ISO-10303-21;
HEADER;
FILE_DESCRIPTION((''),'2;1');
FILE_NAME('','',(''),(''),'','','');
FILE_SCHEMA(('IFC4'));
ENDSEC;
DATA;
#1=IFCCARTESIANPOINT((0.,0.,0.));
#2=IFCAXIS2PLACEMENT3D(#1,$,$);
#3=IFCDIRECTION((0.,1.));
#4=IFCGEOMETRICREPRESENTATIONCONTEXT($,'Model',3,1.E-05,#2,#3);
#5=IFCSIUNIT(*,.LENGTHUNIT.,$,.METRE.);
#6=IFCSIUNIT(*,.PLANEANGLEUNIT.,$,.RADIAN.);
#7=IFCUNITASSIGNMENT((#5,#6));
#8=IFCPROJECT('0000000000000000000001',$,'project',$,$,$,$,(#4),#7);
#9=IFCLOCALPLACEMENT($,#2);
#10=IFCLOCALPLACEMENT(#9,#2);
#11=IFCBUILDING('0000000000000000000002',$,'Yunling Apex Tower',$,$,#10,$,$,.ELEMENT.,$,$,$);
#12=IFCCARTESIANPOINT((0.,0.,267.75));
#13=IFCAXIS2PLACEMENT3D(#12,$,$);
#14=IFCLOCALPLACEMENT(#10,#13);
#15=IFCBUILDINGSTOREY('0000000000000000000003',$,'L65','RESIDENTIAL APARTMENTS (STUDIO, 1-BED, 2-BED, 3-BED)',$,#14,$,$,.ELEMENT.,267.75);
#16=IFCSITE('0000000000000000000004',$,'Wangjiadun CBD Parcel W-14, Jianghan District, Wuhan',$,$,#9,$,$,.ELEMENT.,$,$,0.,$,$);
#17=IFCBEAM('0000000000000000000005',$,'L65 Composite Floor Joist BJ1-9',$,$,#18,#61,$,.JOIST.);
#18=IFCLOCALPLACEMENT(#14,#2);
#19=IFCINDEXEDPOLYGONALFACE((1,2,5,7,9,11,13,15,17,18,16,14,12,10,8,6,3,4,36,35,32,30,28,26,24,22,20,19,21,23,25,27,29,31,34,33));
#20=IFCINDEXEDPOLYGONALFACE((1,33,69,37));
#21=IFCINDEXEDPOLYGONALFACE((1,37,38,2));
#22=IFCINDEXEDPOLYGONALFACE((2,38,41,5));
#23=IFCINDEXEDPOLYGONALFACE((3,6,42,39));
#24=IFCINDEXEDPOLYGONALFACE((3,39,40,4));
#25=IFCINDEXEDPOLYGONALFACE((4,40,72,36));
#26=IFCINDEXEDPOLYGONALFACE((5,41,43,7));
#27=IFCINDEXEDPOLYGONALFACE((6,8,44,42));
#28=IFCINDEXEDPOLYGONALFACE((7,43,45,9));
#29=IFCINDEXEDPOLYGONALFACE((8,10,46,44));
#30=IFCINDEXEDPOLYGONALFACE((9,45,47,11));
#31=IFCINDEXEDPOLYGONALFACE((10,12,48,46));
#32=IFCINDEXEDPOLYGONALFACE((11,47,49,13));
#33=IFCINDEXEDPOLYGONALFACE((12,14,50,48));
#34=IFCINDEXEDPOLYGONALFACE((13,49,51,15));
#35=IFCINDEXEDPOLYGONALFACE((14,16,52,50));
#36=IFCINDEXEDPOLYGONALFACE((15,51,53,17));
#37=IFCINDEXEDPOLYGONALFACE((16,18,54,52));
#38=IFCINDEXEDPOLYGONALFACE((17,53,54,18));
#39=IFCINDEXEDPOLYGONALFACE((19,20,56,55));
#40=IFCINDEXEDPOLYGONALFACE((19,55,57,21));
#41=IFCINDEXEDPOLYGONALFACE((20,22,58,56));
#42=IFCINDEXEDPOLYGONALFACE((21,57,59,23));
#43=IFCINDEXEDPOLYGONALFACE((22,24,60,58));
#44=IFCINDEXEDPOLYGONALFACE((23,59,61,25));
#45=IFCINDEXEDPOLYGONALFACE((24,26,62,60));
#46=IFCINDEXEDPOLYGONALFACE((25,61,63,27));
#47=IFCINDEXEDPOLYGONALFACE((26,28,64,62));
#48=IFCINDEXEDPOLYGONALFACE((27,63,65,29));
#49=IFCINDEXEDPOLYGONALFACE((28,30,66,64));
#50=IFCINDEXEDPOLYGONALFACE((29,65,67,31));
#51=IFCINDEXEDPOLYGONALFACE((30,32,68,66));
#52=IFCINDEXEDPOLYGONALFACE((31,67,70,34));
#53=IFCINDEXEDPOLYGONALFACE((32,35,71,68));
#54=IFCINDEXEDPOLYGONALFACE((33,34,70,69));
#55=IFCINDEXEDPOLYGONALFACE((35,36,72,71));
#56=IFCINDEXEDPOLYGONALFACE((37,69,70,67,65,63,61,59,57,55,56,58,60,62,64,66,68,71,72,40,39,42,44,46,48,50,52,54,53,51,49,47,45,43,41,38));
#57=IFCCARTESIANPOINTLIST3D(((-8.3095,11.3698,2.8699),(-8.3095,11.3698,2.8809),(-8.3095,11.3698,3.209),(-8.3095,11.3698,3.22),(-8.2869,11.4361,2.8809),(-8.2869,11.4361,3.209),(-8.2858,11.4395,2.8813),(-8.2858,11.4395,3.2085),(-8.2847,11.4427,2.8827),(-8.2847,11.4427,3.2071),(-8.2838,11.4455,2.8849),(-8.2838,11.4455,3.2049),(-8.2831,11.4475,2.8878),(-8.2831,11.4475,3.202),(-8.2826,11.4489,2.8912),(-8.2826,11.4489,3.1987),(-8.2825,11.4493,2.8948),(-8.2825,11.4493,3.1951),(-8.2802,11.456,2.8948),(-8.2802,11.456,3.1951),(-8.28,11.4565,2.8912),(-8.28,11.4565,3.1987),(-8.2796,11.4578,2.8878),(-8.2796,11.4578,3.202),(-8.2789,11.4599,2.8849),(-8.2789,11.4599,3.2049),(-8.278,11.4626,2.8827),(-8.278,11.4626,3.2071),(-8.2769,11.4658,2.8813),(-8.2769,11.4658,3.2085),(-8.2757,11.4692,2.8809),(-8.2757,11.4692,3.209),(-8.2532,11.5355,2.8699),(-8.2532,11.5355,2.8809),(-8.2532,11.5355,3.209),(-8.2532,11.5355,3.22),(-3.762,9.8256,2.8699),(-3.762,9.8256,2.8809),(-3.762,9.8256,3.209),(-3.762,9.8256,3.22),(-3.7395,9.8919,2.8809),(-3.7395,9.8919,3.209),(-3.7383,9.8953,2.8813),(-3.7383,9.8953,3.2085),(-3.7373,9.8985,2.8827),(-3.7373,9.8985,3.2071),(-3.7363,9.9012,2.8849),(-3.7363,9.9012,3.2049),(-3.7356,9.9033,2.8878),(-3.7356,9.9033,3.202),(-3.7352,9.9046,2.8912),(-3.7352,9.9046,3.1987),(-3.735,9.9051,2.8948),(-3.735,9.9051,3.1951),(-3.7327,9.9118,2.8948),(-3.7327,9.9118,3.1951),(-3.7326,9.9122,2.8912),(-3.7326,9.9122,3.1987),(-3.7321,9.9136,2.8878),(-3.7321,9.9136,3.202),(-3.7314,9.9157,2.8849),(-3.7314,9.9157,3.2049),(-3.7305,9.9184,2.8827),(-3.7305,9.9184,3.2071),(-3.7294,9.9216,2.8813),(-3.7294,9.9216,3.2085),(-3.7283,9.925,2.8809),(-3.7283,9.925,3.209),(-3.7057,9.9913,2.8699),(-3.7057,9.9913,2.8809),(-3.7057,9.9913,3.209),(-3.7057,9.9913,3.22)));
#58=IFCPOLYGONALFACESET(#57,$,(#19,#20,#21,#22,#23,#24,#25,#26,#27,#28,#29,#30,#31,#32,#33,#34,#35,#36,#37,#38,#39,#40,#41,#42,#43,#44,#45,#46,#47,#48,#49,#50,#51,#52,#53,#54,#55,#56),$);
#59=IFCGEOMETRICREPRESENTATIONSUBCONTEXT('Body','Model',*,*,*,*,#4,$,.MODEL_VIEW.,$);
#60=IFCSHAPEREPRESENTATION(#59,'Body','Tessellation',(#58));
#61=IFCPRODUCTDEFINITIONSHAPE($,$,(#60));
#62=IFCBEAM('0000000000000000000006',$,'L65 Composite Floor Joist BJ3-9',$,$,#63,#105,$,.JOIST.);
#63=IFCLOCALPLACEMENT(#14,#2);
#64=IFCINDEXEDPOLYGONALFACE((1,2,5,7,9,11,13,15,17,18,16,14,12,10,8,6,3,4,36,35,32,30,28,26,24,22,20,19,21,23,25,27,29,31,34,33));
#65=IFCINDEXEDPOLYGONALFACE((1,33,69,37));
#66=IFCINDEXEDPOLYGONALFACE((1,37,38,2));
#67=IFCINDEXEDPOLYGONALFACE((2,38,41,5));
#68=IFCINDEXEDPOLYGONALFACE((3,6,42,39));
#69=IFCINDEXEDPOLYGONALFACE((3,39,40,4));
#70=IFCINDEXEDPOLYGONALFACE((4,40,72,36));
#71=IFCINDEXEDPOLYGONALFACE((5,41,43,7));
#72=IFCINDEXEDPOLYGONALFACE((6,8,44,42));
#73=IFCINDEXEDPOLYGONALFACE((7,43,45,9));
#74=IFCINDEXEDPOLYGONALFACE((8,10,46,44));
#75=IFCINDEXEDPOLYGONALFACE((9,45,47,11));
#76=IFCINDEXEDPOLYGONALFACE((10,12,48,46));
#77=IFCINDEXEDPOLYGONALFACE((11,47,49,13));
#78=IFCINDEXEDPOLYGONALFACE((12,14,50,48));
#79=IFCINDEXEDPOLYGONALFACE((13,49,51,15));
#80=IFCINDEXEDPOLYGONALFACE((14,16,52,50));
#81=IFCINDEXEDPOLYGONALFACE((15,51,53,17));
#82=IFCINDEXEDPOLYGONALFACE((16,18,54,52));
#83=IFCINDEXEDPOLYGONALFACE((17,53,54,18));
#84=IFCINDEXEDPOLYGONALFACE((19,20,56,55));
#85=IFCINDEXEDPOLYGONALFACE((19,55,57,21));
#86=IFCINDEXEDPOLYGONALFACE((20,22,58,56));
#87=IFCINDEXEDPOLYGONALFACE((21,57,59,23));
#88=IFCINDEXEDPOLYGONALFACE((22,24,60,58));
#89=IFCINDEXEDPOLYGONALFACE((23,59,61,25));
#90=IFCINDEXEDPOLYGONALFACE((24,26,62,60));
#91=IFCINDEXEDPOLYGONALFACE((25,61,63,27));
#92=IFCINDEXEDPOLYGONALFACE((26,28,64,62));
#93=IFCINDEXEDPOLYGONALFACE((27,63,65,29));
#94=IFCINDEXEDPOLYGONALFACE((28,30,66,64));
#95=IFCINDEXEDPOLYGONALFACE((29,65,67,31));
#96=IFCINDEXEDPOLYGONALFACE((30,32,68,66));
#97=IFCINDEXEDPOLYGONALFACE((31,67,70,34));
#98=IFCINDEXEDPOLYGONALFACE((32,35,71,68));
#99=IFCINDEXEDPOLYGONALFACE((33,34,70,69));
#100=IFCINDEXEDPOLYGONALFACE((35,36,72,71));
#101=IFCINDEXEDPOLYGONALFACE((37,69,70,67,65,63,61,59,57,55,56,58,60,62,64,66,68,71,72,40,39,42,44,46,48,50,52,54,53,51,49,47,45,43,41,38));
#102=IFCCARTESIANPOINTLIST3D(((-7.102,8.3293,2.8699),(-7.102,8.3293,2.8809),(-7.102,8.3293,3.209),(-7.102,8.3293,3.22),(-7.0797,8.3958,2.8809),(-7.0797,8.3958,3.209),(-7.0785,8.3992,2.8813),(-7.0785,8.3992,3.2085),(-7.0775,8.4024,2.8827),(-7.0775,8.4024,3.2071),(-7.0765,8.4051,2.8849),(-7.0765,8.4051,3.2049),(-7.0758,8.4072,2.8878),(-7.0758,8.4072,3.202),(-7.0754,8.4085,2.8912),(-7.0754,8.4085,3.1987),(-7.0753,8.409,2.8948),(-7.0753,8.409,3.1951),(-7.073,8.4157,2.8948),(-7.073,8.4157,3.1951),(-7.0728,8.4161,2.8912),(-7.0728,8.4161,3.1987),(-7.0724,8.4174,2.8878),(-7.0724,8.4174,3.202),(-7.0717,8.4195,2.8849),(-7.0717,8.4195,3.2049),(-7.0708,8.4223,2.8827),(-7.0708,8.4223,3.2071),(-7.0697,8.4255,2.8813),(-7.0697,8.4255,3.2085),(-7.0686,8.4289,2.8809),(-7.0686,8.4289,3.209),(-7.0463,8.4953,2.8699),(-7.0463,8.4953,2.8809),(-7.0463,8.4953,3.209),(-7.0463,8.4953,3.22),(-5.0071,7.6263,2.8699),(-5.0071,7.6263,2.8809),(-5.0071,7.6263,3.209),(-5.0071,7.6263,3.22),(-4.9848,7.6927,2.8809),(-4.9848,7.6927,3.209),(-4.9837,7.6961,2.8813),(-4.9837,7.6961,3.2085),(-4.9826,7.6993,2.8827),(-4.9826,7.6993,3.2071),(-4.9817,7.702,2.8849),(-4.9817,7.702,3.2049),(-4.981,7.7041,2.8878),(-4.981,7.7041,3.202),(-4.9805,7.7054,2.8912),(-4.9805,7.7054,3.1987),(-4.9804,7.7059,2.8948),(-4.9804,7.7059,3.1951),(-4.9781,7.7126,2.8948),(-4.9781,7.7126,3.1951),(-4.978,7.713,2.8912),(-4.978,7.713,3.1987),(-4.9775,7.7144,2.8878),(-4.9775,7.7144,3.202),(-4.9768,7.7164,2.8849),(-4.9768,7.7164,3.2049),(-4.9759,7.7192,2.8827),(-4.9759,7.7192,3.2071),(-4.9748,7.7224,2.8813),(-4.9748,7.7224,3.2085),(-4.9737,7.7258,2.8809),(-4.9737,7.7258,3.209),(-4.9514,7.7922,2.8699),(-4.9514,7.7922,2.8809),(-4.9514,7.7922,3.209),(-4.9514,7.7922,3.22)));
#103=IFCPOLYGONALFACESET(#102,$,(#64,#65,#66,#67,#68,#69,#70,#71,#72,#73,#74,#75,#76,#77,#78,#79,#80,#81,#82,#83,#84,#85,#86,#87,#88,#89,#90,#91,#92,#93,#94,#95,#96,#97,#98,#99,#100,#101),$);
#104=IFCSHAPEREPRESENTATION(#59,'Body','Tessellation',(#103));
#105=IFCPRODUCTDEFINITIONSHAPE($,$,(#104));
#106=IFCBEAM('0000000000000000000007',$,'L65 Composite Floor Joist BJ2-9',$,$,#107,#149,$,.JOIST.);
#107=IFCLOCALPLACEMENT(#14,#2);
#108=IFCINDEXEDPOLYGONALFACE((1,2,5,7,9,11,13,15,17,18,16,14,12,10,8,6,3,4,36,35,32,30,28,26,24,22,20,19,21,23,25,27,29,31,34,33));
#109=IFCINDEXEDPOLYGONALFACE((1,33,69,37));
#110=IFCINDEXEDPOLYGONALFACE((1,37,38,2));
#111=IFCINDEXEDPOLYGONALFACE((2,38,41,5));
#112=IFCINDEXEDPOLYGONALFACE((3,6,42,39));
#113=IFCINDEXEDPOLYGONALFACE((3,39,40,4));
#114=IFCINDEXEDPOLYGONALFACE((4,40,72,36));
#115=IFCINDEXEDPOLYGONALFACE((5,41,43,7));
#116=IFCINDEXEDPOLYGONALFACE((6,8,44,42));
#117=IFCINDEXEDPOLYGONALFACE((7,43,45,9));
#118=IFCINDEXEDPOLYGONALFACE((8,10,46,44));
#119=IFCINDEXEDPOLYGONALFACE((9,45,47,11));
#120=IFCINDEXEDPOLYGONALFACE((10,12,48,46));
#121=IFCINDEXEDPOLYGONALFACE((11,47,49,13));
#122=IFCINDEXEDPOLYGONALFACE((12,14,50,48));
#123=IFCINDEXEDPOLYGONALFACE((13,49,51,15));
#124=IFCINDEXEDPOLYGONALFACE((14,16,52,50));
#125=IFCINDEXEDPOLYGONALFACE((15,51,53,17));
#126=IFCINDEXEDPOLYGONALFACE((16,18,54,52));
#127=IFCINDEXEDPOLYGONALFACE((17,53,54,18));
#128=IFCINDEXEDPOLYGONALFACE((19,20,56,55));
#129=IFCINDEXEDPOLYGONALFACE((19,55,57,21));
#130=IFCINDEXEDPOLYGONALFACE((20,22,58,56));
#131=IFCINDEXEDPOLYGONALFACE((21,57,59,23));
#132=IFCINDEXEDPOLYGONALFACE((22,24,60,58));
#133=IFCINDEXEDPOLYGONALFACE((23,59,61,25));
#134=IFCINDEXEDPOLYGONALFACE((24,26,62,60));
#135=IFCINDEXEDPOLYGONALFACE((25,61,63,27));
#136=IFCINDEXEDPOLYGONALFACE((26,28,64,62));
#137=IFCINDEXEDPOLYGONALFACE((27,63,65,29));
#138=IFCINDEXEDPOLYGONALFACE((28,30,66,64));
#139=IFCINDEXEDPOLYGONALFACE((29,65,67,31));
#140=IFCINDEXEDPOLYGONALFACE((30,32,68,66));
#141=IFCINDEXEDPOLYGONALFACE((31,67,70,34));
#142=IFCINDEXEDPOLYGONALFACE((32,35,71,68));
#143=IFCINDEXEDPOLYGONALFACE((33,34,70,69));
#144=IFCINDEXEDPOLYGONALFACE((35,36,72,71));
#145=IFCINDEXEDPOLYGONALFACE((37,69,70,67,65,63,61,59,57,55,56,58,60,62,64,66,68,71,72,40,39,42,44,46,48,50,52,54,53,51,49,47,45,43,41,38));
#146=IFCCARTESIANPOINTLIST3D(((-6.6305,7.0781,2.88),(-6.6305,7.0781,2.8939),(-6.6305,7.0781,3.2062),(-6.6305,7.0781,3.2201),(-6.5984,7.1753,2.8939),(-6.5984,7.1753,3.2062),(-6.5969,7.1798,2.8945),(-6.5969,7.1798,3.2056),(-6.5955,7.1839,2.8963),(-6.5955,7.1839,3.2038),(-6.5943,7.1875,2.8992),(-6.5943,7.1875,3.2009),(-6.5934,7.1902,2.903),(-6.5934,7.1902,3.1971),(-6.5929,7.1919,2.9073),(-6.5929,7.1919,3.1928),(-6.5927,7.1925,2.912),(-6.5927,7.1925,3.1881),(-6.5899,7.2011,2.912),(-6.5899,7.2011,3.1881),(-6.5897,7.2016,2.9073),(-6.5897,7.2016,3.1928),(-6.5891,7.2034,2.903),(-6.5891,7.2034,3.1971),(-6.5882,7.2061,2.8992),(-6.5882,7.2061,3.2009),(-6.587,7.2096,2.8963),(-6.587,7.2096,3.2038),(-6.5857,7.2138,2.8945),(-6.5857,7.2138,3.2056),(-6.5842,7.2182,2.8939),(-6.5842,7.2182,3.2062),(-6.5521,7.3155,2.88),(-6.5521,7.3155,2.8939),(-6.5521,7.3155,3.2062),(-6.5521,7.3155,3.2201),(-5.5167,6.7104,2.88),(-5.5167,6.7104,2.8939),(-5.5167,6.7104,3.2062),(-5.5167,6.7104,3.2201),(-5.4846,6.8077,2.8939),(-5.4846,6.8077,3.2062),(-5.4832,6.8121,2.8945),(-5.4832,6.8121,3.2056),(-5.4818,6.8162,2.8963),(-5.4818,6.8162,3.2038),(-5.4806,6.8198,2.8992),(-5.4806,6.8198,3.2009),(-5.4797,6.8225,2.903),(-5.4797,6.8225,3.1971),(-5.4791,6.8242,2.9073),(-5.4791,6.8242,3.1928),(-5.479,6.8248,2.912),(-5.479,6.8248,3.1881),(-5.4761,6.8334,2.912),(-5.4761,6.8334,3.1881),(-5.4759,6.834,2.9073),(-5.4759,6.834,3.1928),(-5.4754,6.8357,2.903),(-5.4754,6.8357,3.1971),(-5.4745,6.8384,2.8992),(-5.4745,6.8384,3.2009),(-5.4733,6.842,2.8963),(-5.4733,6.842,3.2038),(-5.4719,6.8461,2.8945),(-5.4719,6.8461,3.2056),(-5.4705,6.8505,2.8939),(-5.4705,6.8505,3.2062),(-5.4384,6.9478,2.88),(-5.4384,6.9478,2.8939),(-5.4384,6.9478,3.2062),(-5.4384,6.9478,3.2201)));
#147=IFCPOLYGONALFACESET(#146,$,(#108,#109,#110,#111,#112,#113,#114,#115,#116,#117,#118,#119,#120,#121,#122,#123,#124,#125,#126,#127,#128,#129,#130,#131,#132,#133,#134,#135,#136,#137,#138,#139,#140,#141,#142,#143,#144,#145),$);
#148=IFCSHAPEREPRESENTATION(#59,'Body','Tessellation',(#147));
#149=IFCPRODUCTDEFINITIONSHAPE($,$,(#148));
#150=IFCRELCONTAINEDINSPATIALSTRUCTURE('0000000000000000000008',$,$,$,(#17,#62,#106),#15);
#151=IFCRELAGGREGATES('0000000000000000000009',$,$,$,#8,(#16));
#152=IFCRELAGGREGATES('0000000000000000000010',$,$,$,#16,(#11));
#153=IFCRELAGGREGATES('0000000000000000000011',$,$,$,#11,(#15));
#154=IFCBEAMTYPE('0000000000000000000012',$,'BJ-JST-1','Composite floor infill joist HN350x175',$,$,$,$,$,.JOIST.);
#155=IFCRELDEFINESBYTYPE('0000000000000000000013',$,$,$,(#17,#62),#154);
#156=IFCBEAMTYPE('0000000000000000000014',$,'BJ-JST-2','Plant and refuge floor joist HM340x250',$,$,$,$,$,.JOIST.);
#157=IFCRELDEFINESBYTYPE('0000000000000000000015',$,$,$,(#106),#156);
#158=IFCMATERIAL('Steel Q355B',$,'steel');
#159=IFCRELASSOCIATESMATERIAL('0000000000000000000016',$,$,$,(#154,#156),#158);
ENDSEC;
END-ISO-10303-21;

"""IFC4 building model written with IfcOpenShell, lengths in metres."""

from ifc_helpers import new_model, si_unit, direction, frame, origin, origin_2d, place, context, subcontext, project, spatial, i_section, extrude, source, transform, mapped, material, material_profile, profile_set, type_object, element, save


model = new_model("IFC4")

# Units and contexts
model_context = context("Model", 3, precision=1e-05, world=origin(), true_north=direction((0.0, 1.0)))
body_context = subcontext(model_context, "Body", "Model", "MODEL_VIEW")
ifc_project = project(units=[si_unit("LENGTHUNIT", "METRE"), si_unit("PLANEANGLEUNIT", "RADIAN")], contexts=[model_context])

# Site, building, storey
site_placement = place(None, origin())
site = spatial("IfcSite", under=ifc_project, at=site_placement, Name="Wangjiadun CBD Parcel W-14, Jianghan District, Wuhan", CompositionType="ELEMENT", RefElevation=0.0)
building_placement = place(site_placement, origin())
building = spatial("IfcBuilding", under=site, at=building_placement, Name="Yunling Apex Tower", CompositionType="ELEMENT")
storey_placement = place(building_placement, frame((0.0, 0.0, 267.75)))
storey = spatial("IfcBuildingStorey", under=building, at=storey_placement, Name="L65", Description="RESIDENTIAL APARTMENTS (STUDIO, 1-BED, 2-BED, 3-BED)", CompositionType="ELEMENT", Elevation=267.75)

# Shared definitions
ifc_material_1 = material(Name="Steel Q355B", Category="steel")

# Beams
ifc_material_profile_1 = material_profile(ifc_material_1, i_section(OverallWidth=0.175, OverallDepth=0.3501, WebThickness=0.0071, FlangeThickness=0.011, FilletRadius=0.0139, at=origin_2d()))
ifc_profile_set_1 = profile_set([ifc_material_profile_1], Name="Steel Q355B")
beam_type_1 = type_object("IfcBeamType", Name="BJ-JST-1", Description="Composite floor infill joist HN350x175", PredefinedType="JOIST", material=ifc_profile_set_1)
shared_shape_1 = source(origin(), body_context, "Body", "SweptSolid", [
    extrude(i_section(OverallWidth=0.175, OverallDepth=0.3501, WebThickness=0.0071, FlangeThickness=0.011, FilletRadius=0.0139, at=origin_2d()), origin(), (0.0, 0.0, 1.0), 4.8025),
])
beam_1_placement = place(storey_placement, frame((-3.7339, 9.9084, 3.0449), z_axis=(-0.946894, 0.321545, 0.0), x_axis=(-0.321545, -0.946894, 0.0)))
element("IfcBeam", 1, at=beam_1_placement, inside=storey, type_object=beam_type_1, Name="L65 Composite Floor Joist BJ1-9", PredefinedType="JOIST", context=body_context, shape_type="MappedRepresentation", body=[
    mapped(shared_shape_1, transform((0.0, 0.0, 0.0), scale=1.0)),
])
shared_shape_2 = source(origin(), body_context, "Body", "SweptSolid", [
    extrude(i_section(OverallWidth=0.175, OverallDepth=0.3501, WebThickness=0.0071, FlangeThickness=0.011, FilletRadius=0.0139, at=origin_2d()), origin(), (0.0, 0.0, 1.0), 2.2097),
])
beam_2_placement = place(storey_placement, frame((-4.9792, 7.7092, 3.0449), z_axis=(-0.948029, 0.318183, 0.0), x_axis=(-0.318183, -0.948029, 0.0)))
element("IfcBeam", 2, at=beam_2_placement, inside=storey, type_object=beam_type_1, Name="L65 Composite Floor Joist BJ3-9", PredefinedType="JOIST", context=body_context, shape_type="MappedRepresentation", body=[
    mapped(shared_shape_2, transform((0.0, 0.0, 0.0), scale=1.0)),
])
ifc_material_profile_2 = material_profile(ifc_material_1, i_section(OverallWidth=0.25, OverallDepth=0.3401, WebThickness=0.009, FlangeThickness=0.0139, FilletRadius=0.0181, at=origin_2d()))
ifc_profile_set_2 = profile_set([ifc_material_profile_2], Name="Steel Q355B")
beam_type_2 = type_object("IfcBeamType", Name="BJ-JST-2", Description="Plant and refuge floor joist HM340x250", PredefinedType="JOIST", material=ifc_profile_set_2)
shared_shape_3 = source(origin(), body_context, "Body", "SweptSolid", [
    extrude(i_section(OverallWidth=0.25, OverallDepth=0.3401, WebThickness=0.009, FlangeThickness=0.0139, FilletRadius=0.0181, at=origin_2d()), origin(), (0.0, 0.0, 1.0), 1.1729),
])
beam_3_placement = place(storey_placement, frame((-5.4775, 6.8291, 3.05), z_axis=(-0.949595, 0.313479, 0.0), x_axis=(-0.313479, -0.949595, 0.0)))
element("IfcBeam", 3, at=beam_3_placement, inside=storey, type_object=beam_type_2, Name="L65 Composite Floor Joist BJ2-9", PredefinedType="JOIST", context=body_context, shape_type="MappedRepresentation", body=[
    mapped(shared_shape_3, transform((0.0, 0.0, 0.0), scale=1.0)),
])

save(model, "model.ifc")
